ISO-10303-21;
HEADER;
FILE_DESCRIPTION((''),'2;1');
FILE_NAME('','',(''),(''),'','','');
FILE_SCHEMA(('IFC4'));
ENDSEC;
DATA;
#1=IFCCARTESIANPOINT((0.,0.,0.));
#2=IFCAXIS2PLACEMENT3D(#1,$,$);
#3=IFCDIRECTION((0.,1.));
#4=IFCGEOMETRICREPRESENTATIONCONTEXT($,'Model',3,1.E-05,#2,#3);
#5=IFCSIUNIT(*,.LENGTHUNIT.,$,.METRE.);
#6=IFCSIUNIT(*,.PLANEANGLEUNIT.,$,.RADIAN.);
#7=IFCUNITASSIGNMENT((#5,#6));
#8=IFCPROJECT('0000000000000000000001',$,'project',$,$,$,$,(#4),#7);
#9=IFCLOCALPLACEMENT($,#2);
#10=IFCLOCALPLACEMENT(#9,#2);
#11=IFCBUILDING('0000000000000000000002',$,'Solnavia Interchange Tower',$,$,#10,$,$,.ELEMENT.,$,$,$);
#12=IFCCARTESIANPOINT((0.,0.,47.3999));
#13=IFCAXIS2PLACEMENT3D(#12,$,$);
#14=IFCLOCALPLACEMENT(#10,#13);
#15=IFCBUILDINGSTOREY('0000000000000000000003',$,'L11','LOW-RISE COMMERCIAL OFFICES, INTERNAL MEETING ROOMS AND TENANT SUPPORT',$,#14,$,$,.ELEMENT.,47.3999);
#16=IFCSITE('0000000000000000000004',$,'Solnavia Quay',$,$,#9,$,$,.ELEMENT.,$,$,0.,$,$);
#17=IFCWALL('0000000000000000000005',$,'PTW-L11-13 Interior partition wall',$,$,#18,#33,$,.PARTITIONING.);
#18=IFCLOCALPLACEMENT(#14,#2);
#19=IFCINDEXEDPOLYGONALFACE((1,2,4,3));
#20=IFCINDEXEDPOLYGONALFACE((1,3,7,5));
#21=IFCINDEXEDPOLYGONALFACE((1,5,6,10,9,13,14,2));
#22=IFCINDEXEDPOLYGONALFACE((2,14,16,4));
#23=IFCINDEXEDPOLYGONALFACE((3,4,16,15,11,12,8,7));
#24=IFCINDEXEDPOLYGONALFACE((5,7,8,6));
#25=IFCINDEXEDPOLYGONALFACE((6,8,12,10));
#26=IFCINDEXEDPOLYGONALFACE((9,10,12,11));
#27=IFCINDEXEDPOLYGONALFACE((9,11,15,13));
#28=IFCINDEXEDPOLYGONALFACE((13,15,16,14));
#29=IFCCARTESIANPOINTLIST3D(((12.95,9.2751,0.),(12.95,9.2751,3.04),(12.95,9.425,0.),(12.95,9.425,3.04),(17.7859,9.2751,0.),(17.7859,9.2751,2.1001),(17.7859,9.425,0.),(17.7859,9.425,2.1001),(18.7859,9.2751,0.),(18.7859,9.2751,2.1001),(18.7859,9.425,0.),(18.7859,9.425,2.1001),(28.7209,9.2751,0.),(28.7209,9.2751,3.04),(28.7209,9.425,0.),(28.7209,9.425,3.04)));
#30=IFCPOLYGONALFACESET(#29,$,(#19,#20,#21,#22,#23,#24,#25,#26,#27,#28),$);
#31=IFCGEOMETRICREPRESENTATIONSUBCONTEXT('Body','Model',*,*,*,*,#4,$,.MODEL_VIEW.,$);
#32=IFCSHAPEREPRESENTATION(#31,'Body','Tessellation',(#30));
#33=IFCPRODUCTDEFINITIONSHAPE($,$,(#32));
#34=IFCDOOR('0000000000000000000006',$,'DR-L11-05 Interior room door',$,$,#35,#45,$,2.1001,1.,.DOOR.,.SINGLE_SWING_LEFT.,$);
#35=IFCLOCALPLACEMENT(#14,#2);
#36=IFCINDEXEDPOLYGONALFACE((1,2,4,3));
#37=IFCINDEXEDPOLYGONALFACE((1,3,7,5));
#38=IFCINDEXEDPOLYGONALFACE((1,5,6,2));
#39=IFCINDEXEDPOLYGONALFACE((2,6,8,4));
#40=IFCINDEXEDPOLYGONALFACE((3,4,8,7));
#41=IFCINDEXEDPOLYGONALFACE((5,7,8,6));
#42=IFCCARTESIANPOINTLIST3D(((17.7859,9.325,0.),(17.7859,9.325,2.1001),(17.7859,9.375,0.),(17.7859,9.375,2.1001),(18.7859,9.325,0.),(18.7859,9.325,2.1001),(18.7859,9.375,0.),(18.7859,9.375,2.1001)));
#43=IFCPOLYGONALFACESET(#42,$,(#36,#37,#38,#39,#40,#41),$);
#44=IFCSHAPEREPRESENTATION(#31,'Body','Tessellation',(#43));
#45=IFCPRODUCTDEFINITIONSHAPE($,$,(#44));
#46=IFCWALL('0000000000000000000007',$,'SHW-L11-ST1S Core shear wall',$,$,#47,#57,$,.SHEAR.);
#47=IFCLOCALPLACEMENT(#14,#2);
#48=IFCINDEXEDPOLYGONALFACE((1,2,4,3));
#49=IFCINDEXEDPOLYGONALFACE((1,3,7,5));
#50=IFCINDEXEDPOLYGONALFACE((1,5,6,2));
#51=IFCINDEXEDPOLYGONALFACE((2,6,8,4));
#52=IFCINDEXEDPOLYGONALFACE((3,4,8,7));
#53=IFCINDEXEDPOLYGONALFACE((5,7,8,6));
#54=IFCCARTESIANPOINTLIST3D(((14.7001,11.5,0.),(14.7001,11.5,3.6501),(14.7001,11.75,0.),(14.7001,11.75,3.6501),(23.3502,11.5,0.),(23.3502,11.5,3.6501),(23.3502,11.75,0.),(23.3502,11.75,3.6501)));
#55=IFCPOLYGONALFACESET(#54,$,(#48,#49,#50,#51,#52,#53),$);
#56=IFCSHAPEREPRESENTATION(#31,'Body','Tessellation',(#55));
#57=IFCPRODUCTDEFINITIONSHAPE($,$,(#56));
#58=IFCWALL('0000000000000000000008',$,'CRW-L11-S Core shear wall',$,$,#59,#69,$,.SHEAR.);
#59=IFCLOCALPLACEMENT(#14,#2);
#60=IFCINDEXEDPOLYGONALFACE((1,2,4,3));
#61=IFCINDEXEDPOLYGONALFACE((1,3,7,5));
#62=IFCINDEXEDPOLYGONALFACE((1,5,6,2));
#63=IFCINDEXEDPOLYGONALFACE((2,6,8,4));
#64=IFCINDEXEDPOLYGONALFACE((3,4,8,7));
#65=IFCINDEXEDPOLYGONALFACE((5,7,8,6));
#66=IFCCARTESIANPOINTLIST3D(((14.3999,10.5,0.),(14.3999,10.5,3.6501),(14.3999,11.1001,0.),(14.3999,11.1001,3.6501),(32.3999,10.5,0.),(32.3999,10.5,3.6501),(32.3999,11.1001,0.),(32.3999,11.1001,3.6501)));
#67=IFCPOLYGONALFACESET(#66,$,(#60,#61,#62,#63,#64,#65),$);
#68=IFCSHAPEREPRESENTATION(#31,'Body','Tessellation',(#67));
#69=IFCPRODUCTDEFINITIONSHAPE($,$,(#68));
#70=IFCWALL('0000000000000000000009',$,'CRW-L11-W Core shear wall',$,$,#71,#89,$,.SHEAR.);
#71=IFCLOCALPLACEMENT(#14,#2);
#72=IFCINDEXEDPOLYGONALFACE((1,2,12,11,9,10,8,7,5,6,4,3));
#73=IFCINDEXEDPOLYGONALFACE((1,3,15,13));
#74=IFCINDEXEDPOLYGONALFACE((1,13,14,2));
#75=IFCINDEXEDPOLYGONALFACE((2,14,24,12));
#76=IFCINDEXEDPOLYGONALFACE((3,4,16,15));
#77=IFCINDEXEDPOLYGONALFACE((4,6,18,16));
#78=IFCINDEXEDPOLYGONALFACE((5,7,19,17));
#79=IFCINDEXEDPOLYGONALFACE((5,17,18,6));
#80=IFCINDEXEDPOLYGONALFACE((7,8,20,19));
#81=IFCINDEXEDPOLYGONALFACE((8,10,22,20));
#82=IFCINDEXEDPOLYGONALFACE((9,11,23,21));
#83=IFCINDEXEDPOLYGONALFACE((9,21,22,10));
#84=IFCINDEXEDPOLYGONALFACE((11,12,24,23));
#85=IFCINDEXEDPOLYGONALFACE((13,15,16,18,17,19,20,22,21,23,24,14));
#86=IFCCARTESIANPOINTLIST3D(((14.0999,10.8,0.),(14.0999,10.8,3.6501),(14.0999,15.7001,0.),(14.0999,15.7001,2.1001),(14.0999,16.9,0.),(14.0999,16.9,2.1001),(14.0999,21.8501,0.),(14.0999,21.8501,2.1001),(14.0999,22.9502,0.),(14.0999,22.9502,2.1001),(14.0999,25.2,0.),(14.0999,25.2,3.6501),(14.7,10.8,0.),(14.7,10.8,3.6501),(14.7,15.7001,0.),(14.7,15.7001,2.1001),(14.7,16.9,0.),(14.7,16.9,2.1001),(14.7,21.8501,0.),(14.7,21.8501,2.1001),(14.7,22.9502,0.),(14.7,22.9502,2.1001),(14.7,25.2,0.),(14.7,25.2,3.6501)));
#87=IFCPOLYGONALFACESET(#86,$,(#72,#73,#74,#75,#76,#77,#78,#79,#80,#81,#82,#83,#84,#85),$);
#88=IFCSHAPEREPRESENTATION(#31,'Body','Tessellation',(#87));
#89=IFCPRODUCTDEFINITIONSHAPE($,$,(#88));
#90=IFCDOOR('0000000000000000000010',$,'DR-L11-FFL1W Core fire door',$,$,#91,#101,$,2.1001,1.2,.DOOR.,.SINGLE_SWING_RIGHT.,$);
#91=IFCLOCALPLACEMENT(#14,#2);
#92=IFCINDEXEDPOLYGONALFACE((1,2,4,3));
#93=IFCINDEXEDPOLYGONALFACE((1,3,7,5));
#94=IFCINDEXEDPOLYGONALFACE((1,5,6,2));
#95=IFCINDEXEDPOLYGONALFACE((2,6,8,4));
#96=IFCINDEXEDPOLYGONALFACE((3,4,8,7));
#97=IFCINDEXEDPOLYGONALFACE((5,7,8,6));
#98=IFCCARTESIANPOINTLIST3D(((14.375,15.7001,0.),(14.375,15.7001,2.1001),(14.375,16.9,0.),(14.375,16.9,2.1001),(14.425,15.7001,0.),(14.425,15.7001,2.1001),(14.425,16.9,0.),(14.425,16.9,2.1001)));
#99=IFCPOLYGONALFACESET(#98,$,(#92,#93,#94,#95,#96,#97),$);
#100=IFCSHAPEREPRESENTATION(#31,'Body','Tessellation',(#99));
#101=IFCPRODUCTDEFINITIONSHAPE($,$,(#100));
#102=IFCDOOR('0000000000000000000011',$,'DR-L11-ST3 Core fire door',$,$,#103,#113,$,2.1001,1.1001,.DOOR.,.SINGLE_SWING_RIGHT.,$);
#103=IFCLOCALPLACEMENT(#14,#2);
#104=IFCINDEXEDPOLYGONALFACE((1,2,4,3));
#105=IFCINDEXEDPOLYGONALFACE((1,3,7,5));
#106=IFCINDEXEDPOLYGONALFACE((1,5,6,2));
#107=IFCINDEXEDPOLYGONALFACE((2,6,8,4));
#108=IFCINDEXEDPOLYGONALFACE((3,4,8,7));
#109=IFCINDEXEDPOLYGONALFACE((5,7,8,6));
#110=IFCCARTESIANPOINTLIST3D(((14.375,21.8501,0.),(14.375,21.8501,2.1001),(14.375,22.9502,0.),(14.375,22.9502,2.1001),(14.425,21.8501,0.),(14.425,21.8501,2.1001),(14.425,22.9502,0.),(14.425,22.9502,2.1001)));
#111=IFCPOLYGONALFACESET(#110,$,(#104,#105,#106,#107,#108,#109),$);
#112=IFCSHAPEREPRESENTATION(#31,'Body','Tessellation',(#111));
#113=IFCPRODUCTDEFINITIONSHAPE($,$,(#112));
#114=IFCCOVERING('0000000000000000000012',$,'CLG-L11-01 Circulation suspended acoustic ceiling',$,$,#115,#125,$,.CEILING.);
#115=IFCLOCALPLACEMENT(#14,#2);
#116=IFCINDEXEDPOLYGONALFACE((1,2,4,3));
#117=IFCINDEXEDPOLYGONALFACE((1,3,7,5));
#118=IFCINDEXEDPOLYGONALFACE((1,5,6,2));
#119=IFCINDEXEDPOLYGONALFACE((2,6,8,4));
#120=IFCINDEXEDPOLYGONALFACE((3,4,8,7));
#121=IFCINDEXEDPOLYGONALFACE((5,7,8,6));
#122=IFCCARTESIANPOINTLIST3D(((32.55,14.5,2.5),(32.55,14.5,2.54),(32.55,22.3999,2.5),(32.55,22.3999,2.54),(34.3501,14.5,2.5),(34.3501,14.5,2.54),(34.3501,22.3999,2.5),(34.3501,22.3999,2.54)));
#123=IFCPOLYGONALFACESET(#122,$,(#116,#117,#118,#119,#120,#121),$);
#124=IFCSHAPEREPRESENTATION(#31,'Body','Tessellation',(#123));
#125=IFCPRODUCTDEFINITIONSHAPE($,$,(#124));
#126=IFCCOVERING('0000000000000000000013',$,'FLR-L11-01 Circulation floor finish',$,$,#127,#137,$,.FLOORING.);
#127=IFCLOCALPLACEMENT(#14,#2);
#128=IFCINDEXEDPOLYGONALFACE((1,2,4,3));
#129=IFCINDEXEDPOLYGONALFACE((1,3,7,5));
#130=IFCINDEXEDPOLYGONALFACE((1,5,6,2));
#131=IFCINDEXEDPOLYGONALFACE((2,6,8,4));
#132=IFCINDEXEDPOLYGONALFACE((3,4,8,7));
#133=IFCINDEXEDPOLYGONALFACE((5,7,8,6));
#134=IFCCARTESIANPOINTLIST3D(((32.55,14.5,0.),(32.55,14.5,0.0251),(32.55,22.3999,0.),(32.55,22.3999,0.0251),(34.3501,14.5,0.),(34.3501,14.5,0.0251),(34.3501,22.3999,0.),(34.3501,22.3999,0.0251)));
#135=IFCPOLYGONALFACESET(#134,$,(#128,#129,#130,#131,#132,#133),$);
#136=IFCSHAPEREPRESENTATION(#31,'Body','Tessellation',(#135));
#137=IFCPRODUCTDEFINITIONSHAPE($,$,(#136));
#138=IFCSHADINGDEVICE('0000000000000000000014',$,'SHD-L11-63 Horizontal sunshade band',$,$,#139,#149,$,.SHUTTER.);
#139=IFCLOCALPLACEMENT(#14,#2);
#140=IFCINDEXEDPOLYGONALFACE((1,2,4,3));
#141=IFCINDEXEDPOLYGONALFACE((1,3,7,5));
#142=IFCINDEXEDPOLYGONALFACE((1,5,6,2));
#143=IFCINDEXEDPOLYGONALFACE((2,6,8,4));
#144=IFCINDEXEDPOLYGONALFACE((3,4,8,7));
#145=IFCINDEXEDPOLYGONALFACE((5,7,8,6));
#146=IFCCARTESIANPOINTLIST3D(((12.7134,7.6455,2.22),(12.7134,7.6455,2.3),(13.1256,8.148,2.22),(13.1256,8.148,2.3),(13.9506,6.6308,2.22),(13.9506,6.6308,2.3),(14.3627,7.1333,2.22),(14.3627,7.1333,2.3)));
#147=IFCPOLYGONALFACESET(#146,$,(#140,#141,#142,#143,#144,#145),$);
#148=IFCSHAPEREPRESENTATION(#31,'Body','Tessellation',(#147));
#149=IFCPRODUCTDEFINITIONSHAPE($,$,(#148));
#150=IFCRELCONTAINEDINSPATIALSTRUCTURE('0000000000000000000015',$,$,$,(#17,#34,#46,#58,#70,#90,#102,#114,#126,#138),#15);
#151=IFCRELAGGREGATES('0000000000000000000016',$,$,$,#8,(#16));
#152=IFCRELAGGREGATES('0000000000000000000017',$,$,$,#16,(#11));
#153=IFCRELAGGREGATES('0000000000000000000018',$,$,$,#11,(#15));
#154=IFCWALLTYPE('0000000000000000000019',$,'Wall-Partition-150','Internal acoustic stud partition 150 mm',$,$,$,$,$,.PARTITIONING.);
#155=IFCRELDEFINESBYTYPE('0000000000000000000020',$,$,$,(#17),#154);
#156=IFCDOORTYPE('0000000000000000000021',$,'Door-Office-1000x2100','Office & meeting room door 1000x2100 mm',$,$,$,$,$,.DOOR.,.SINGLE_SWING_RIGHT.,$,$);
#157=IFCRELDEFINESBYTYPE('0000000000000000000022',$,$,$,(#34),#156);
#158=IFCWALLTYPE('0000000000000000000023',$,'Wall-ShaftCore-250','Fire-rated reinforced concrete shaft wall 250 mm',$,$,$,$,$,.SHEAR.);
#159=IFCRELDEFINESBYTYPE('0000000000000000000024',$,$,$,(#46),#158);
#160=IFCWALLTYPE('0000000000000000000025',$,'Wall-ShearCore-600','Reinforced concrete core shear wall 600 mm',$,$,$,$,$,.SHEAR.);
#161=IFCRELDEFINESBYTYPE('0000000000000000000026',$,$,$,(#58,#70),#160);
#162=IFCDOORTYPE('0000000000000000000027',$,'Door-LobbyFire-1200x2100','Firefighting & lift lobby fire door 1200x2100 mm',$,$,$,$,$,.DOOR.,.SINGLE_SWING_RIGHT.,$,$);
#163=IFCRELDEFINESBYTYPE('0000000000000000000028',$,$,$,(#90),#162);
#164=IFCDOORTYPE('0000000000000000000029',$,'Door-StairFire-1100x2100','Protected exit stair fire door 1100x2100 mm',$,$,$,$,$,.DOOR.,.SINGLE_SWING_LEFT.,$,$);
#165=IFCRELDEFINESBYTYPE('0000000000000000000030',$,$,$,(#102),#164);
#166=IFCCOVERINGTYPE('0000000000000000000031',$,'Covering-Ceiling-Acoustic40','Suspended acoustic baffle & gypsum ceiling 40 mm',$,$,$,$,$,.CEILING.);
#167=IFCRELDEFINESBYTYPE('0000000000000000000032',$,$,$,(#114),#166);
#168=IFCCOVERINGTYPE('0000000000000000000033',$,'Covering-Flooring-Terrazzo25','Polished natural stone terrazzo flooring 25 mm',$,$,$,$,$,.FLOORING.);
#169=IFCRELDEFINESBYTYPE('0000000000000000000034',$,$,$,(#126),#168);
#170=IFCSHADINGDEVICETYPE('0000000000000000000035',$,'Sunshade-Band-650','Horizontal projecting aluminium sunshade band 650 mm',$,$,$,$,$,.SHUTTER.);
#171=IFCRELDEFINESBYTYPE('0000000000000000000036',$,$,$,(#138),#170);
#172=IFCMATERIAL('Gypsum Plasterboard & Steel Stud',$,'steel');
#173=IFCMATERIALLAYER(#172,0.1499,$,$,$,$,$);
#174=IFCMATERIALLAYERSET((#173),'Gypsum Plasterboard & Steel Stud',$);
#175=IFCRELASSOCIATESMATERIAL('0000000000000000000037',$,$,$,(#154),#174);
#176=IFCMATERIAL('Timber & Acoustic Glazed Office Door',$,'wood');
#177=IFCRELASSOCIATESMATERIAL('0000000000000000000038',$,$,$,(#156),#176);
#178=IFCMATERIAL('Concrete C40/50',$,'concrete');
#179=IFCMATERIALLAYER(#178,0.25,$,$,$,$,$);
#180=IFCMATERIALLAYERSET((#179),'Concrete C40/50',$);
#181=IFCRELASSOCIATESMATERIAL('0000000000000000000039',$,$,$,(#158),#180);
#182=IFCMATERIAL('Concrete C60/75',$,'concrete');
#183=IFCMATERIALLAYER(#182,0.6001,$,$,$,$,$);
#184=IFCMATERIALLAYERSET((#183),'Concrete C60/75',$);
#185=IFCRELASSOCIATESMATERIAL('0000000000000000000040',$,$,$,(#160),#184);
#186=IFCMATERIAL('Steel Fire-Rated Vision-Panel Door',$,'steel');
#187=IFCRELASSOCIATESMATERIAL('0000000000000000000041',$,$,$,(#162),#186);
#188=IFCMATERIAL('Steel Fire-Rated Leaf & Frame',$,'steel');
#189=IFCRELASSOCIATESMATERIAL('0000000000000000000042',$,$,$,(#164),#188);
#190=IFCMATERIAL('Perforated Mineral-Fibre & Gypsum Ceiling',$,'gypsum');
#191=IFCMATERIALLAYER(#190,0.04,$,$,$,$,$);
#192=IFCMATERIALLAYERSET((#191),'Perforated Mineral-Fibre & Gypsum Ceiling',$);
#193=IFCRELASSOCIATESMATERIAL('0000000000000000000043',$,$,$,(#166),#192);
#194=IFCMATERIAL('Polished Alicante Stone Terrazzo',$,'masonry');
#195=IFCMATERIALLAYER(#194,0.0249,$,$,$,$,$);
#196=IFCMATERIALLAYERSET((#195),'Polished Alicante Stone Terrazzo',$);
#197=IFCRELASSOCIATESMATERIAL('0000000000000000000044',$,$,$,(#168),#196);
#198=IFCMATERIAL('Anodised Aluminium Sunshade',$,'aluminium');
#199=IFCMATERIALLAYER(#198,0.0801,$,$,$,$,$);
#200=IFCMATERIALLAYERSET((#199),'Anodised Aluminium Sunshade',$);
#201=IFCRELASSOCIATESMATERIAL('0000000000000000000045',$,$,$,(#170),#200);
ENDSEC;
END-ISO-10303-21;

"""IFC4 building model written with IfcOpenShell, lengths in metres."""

from ifc_helpers import new_model, si_unit, direction, frame, frame_2d, origin, origin_2d, place, context, subcontext, project, spatial, polyline, rectangle, outline, extrude, material, layer, layer_set, type_object, element, fill, save


model = new_model("IFC4")

# Units and contexts
model_context = context("Model", 3, precision=1e-05, world=origin(), true_north=direction((0.0, 1.0)))
body_context = subcontext(model_context, "Body", "Model", "MODEL_VIEW")
ifc_project = project(units=[si_unit("LENGTHUNIT", "METRE"), si_unit("PLANEANGLEUNIT", "RADIAN")], contexts=[model_context])

# Site, building, storey
site_placement = place(None, origin())
site = spatial("IfcSite", under=ifc_project, at=site_placement, Name="Solnavia Quay", CompositionType="ELEMENT", RefElevation=0.0)
building_placement = place(site_placement, origin())
building = spatial("IfcBuilding", under=site, at=building_placement, Name="Solnavia Interchange Tower", CompositionType="ELEMENT")
storey_placement = place(building_placement, frame((0.0, 0.0, 47.3999)))
storey = spatial("IfcBuildingStorey", under=building, at=storey_placement, Name="L11", Description="LOW-RISE COMMERCIAL OFFICES, INTERNAL MEETING ROOMS AND TENANT SUPPORT", CompositionType="ELEMENT", Elevation=47.3999)

# Shared definitions
ifc_material_1 = material(Name="Concrete C60/75", Category="concrete")

# Shared definitions
ifc_material_2 = material(Name="Concrete C40/50", Category="concrete")

# Shared definitions
ifc_material_3 = material(Name="Gypsum Plasterboard & Steel Stud", Category="steel")
ifc_layer_1 = layer(ifc_material_3, 0.1499)
ifc_layer_set_1 = layer_set([ifc_layer_1], Name="Gypsum Plasterboard & Steel Stud")
wall_type_1 = type_object("IfcWallType", Name="Wall-Partition-150", Description="Internal acoustic stud partition 150 mm", PredefinedType="PARTITIONING", material=ifc_layer_set_1)

# Wall, opening, door
ifc_material_4 = material(Name="Timber & Acoustic Glazed Office Door", Category="wood")
door_type_1 = type_object("IfcDoorType", Name="Door-Office-1000x2100", Description="Office & meeting room door 1000x2100 mm", OperationType="SINGLE_SWING_RIGHT", PredefinedType="DOOR", material=ifc_material_4)
wall_1_placement = place(storey_placement, frame((12.95, 9.3501, 0.0), z_axis=(0.0, 0.0, 1.0), x_axis=(1.0, 0.0, 0.0)))
wall_1 = element("IfcWall", 1, at=wall_1_placement, inside=storey, type_object=wall_type_1, Name="PTW-L11-13 Interior partition wall", PredefinedType="PARTITIONING", context=body_context, shape_type="SweptSolid", body=[
    extrude(rectangle(XDim=15.771, YDim=0.1499, at=frame_2d((7.8855, 0.0))), origin(), (0.0, 0.0, 1.0), 3.04),
])
opening_1_placement = place(wall_1_placement, frame((4.8359, 0.0, 0.0)))
opening_1 = element("IfcOpeningElement", 2, at=opening_1_placement, cuts=wall_1, PredefinedType="OPENING", context=body_context, shape_type="SweptSolid", body=[
    extrude(rectangle(XDim=1.0, YDim=2.1001, at=frame_2d((0.5, 1.05))), frame((0.0, 0.085, 0.0), z_axis=(0.0, -1.0, 0.0), x_axis=(1.0, 0.0, 0.0)), (0.0, 0.0, 1.0), 0.1699),
])
door_1_placement = place(opening_1_placement, origin())
door_1 = element("IfcDoor", 3, at=door_1_placement, inside=storey, type_object=door_type_1, Name="DR-L11-05 Interior room door", OperationType="SINGLE_SWING_LEFT", OverallHeight=2.1001, OverallWidth=1.0, PredefinedType="DOOR", context=body_context, shape_type="SweptSolid", body=[
    extrude(rectangle(XDim=1.0, YDim=2.1001, at=frame_2d((0.5, 1.05))), frame((0.0, 0.0249, 0.0), z_axis=(0.0, -1.0, 0.0), x_axis=(1.0, 0.0, 0.0)), (0.0, 0.0, 1.0), 0.05),
])
fill(opening_1, door_1)

# Walls
ifc_layer_2 = layer(ifc_material_2, 0.25)
ifc_layer_set_2 = layer_set([ifc_layer_2], Name="Concrete C40/50")
wall_type_2 = type_object("IfcWallType", Name="Wall-ShaftCore-250", Description="Fire-rated reinforced concrete shaft wall 250 mm", PredefinedType="SHEAR", material=ifc_layer_set_2)
wall_2_placement = place(storey_placement, frame((14.7, 11.625, 0.0), z_axis=(0.0, 0.0, 1.0), x_axis=(1.0, 0.0, 0.0)))
element("IfcWall", 4, at=wall_2_placement, inside=storey, type_object=wall_type_2, Name="SHW-L11-ST1S Core shear wall", PredefinedType="SHEAR", context=body_context, shape_type="SweptSolid", body=[
    extrude(rectangle(XDim=8.6501, YDim=0.25, at=frame_2d((4.3252, 0.0))), origin(), (0.0, 0.0, 1.0), 3.6501),
])
ifc_layer_3 = layer(ifc_material_1, 0.6001)
ifc_layer_set_3 = layer_set([ifc_layer_3], Name="Concrete C60/75")
wall_type_3 = type_object("IfcWallType", Name="Wall-ShearCore-600", Description="Reinforced concrete core shear wall 600 mm", PredefinedType="SHEAR", material=ifc_layer_set_3)
wall_3_placement = place(storey_placement, frame((14.3999, 10.8, 0.0), z_axis=(0.0, 0.0, 1.0), x_axis=(1.0, 0.0, 0.0)))
element("IfcWall", 5, at=wall_3_placement, inside=storey, type_object=wall_type_3, Name="CRW-L11-S Core shear wall", PredefinedType="SHEAR", context=body_context, shape_type="SweptSolid", body=[
    extrude(rectangle(XDim=18.0, YDim=0.6001, at=frame_2d((9.0, 0.0))), origin(), (0.0, 0.0, 1.0), 3.6501),
])

# Wall, openings, doors
wall_4_placement = place(storey_placement, frame((14.3999, 10.8, 0.0), z_axis=(0.0, 0.0, 1.0), x_axis=(0.0, 1.0, 0.0)))
wall_4 = element("IfcWall", 6, at=wall_4_placement, inside=storey, type_object=wall_type_3, Name="CRW-L11-W Core shear wall", PredefinedType="SHEAR", context=body_context, shape_type="SweptSolid", body=[
    extrude(rectangle(XDim=14.3999, YDim=0.6001, at=frame_2d((7.2, 0.0))), origin(), (0.0, 0.0, 1.0), 3.6501),
])
opening_2_placement = place(wall_4_placement, frame((11.05, 0.0, 0.0)))
opening_2 = element("IfcOpeningElement", 7, at=opening_2_placement, cuts=wall_4, PredefinedType="OPENING", context=body_context, shape_type="SweptSolid", body=[
    extrude(rectangle(XDim=1.1001, YDim=2.1001, at=frame_2d((0.55, 1.05))), frame((0.0, 0.3101, 0.0), z_axis=(0.0, -1.0, 0.0), x_axis=(1.0, 0.0, 0.0)), (0.0, 0.0, 1.0), 0.6201),
])
opening_3_placement = place(wall_4_placement, frame((4.8999, 0.0, 0.0)))
opening_3 = element("IfcOpeningElement", 8, at=opening_3_placement, cuts=wall_4, PredefinedType="OPENING", context=body_context, shape_type="SweptSolid", body=[
    extrude(rectangle(XDim=1.2, YDim=2.1001, at=frame_2d((0.6001, 1.05))), frame((0.0, 0.3101, 0.0), z_axis=(0.0, -1.0, 0.0), x_axis=(1.0, 0.0, 0.0)), (0.0, 0.0, 1.0), 0.6201),
])
ifc_material_5 = material(Name="Steel Fire-Rated Vision-Panel Door", Category="steel")
door_type_2 = type_object("IfcDoorType", Name="Door-LobbyFire-1200x2100", Description="Firefighting & lift lobby fire door 1200x2100 mm", OperationType="SINGLE_SWING_RIGHT", PredefinedType="DOOR", material=ifc_material_5)
door_2_placement = place(opening_3_placement, origin())
door_2 = element("IfcDoor", 9, at=door_2_placement, inside=storey, type_object=door_type_2, Name="DR-L11-FFL1W Core fire door", OperationType="SINGLE_SWING_RIGHT", OverallHeight=2.1001, OverallWidth=1.2, PredefinedType="DOOR", context=body_context, shape_type="SweptSolid", body=[
    extrude(rectangle(XDim=1.2, YDim=2.1001, at=frame_2d((0.6001, 1.05))), frame((0.0, 0.0249, 0.0), z_axis=(0.0, -1.0, 0.0), x_axis=(1.0, 0.0, 0.0)), (0.0, 0.0, 1.0), 0.05),
])
fill(opening_3, door_2)
ifc_material_6 = material(Name="Steel Fire-Rated Leaf & Frame", Category="steel")
door_type_3 = type_object("IfcDoorType", Name="Door-StairFire-1100x2100", Description="Protected exit stair fire door 1100x2100 mm", OperationType="SINGLE_SWING_LEFT", PredefinedType="DOOR", material=ifc_material_6)
door_3_placement = place(opening_2_placement, origin())
door_3 = element("IfcDoor", 10, at=door_3_placement, inside=storey, type_object=door_type_3, Name="DR-L11-ST3 Core fire door", OperationType="SINGLE_SWING_RIGHT", OverallHeight=2.1001, OverallWidth=1.1001, PredefinedType="DOOR", context=body_context, shape_type="SweptSolid", body=[
    extrude(rectangle(XDim=1.1001, YDim=2.1001, at=frame_2d((0.55, 1.05))), frame((0.0, 0.0249, 0.0), z_axis=(0.0, -1.0, 0.0), x_axis=(1.0, 0.0, 0.0)), (0.0, 0.0, 1.0), 0.05),
])
fill(opening_2, door_3)

# Coverings
ifc_material_7 = material(Name="Perforated Mineral-Fibre & Gypsum Ceiling", Category="gypsum")
ifc_layer_4 = layer(ifc_material_7, 0.04)
ifc_layer_set_4 = layer_set([ifc_layer_4], Name="Perforated Mineral-Fibre & Gypsum Ceiling")
covering_type_1 = type_object("IfcCoveringType", Name="Covering-Ceiling-Acoustic40", Description="Suspended acoustic baffle & gypsum ceiling 40 mm", PredefinedType="CEILING", material=ifc_layer_set_4)
covering_1_placement = place(storey_placement, frame((0.0, 0.0, 2.5)))
element("IfcCovering", 11, at=covering_1_placement, inside=storey, type_object=covering_type_1, Name="CLG-L11-01 Circulation suspended acoustic ceiling", PredefinedType="CEILING", context=body_context, shape_type="SweptSolid", body=[
    extrude(outline(polyline([(32.55, 14.5), (34.3501, 14.5), (34.3501, 22.3999), (32.55, 22.3999), (32.55, 14.5)])), origin(), (0.0, 0.0, 1.0), 0.04),
])
ifc_material_8 = material(Name="Polished Alicante Stone Terrazzo", Category="masonry")
ifc_layer_5 = layer(ifc_material_8, 0.0249)
ifc_layer_set_5 = layer_set([ifc_layer_5], Name="Polished Alicante Stone Terrazzo")
covering_type_2 = type_object("IfcCoveringType", Name="Covering-Flooring-Terrazzo25", Description="Polished natural stone terrazzo flooring 25 mm", PredefinedType="FLOORING", material=ifc_layer_set_5)
covering_2_placement = place(storey_placement, origin())
element("IfcCovering", 12, at=covering_2_placement, inside=storey, type_object=covering_type_2, Name="FLR-L11-01 Circulation floor finish", PredefinedType="FLOORING", context=body_context, shape_type="SweptSolid", body=[
    extrude(outline(polyline([(32.55, 14.5), (34.3501, 14.5), (34.3501, 22.3999), (32.55, 22.3999), (32.55, 14.5)])), origin(), (0.0, 0.0, 1.0), 0.0251),
])

# Shading device
ifc_material_9 = material(Name="Anodised Aluminium Sunshade", Category="aluminium")
ifc_layer_6 = layer(ifc_material_9, 0.0801)
ifc_layer_set_6 = layer_set([ifc_layer_6], Name="Anodised Aluminium Sunshade")
shading_device_type = type_object("IfcShadingDeviceType", Name="Sunshade-Band-650", Description="Horizontal projecting aluminium sunshade band 650 mm", PredefinedType="SHUTTER", material=ifc_layer_set_6)
shading_device_placement = place(storey_placement, frame((13.5381, 7.3894, 2.22), z_axis=(0.0, 0.0, 1.0), x_axis=(-0.773177, 0.634191, 0.0)))
element("IfcShadingDevice", 13, at=shading_device_placement, inside=storey, type_object=shading_device_type, Name="SHD-L11-63 Horizontal sunshade band", PredefinedType="SHUTTER", context=body_context, shape_type="SweptSolid", body=[
    extrude(rectangle(XDim=1.6001, YDim=0.6499, at=origin_2d()), origin(), (0.0, 0.0, 1.0), 0.0801),
])

save(model, "model.ifc")
